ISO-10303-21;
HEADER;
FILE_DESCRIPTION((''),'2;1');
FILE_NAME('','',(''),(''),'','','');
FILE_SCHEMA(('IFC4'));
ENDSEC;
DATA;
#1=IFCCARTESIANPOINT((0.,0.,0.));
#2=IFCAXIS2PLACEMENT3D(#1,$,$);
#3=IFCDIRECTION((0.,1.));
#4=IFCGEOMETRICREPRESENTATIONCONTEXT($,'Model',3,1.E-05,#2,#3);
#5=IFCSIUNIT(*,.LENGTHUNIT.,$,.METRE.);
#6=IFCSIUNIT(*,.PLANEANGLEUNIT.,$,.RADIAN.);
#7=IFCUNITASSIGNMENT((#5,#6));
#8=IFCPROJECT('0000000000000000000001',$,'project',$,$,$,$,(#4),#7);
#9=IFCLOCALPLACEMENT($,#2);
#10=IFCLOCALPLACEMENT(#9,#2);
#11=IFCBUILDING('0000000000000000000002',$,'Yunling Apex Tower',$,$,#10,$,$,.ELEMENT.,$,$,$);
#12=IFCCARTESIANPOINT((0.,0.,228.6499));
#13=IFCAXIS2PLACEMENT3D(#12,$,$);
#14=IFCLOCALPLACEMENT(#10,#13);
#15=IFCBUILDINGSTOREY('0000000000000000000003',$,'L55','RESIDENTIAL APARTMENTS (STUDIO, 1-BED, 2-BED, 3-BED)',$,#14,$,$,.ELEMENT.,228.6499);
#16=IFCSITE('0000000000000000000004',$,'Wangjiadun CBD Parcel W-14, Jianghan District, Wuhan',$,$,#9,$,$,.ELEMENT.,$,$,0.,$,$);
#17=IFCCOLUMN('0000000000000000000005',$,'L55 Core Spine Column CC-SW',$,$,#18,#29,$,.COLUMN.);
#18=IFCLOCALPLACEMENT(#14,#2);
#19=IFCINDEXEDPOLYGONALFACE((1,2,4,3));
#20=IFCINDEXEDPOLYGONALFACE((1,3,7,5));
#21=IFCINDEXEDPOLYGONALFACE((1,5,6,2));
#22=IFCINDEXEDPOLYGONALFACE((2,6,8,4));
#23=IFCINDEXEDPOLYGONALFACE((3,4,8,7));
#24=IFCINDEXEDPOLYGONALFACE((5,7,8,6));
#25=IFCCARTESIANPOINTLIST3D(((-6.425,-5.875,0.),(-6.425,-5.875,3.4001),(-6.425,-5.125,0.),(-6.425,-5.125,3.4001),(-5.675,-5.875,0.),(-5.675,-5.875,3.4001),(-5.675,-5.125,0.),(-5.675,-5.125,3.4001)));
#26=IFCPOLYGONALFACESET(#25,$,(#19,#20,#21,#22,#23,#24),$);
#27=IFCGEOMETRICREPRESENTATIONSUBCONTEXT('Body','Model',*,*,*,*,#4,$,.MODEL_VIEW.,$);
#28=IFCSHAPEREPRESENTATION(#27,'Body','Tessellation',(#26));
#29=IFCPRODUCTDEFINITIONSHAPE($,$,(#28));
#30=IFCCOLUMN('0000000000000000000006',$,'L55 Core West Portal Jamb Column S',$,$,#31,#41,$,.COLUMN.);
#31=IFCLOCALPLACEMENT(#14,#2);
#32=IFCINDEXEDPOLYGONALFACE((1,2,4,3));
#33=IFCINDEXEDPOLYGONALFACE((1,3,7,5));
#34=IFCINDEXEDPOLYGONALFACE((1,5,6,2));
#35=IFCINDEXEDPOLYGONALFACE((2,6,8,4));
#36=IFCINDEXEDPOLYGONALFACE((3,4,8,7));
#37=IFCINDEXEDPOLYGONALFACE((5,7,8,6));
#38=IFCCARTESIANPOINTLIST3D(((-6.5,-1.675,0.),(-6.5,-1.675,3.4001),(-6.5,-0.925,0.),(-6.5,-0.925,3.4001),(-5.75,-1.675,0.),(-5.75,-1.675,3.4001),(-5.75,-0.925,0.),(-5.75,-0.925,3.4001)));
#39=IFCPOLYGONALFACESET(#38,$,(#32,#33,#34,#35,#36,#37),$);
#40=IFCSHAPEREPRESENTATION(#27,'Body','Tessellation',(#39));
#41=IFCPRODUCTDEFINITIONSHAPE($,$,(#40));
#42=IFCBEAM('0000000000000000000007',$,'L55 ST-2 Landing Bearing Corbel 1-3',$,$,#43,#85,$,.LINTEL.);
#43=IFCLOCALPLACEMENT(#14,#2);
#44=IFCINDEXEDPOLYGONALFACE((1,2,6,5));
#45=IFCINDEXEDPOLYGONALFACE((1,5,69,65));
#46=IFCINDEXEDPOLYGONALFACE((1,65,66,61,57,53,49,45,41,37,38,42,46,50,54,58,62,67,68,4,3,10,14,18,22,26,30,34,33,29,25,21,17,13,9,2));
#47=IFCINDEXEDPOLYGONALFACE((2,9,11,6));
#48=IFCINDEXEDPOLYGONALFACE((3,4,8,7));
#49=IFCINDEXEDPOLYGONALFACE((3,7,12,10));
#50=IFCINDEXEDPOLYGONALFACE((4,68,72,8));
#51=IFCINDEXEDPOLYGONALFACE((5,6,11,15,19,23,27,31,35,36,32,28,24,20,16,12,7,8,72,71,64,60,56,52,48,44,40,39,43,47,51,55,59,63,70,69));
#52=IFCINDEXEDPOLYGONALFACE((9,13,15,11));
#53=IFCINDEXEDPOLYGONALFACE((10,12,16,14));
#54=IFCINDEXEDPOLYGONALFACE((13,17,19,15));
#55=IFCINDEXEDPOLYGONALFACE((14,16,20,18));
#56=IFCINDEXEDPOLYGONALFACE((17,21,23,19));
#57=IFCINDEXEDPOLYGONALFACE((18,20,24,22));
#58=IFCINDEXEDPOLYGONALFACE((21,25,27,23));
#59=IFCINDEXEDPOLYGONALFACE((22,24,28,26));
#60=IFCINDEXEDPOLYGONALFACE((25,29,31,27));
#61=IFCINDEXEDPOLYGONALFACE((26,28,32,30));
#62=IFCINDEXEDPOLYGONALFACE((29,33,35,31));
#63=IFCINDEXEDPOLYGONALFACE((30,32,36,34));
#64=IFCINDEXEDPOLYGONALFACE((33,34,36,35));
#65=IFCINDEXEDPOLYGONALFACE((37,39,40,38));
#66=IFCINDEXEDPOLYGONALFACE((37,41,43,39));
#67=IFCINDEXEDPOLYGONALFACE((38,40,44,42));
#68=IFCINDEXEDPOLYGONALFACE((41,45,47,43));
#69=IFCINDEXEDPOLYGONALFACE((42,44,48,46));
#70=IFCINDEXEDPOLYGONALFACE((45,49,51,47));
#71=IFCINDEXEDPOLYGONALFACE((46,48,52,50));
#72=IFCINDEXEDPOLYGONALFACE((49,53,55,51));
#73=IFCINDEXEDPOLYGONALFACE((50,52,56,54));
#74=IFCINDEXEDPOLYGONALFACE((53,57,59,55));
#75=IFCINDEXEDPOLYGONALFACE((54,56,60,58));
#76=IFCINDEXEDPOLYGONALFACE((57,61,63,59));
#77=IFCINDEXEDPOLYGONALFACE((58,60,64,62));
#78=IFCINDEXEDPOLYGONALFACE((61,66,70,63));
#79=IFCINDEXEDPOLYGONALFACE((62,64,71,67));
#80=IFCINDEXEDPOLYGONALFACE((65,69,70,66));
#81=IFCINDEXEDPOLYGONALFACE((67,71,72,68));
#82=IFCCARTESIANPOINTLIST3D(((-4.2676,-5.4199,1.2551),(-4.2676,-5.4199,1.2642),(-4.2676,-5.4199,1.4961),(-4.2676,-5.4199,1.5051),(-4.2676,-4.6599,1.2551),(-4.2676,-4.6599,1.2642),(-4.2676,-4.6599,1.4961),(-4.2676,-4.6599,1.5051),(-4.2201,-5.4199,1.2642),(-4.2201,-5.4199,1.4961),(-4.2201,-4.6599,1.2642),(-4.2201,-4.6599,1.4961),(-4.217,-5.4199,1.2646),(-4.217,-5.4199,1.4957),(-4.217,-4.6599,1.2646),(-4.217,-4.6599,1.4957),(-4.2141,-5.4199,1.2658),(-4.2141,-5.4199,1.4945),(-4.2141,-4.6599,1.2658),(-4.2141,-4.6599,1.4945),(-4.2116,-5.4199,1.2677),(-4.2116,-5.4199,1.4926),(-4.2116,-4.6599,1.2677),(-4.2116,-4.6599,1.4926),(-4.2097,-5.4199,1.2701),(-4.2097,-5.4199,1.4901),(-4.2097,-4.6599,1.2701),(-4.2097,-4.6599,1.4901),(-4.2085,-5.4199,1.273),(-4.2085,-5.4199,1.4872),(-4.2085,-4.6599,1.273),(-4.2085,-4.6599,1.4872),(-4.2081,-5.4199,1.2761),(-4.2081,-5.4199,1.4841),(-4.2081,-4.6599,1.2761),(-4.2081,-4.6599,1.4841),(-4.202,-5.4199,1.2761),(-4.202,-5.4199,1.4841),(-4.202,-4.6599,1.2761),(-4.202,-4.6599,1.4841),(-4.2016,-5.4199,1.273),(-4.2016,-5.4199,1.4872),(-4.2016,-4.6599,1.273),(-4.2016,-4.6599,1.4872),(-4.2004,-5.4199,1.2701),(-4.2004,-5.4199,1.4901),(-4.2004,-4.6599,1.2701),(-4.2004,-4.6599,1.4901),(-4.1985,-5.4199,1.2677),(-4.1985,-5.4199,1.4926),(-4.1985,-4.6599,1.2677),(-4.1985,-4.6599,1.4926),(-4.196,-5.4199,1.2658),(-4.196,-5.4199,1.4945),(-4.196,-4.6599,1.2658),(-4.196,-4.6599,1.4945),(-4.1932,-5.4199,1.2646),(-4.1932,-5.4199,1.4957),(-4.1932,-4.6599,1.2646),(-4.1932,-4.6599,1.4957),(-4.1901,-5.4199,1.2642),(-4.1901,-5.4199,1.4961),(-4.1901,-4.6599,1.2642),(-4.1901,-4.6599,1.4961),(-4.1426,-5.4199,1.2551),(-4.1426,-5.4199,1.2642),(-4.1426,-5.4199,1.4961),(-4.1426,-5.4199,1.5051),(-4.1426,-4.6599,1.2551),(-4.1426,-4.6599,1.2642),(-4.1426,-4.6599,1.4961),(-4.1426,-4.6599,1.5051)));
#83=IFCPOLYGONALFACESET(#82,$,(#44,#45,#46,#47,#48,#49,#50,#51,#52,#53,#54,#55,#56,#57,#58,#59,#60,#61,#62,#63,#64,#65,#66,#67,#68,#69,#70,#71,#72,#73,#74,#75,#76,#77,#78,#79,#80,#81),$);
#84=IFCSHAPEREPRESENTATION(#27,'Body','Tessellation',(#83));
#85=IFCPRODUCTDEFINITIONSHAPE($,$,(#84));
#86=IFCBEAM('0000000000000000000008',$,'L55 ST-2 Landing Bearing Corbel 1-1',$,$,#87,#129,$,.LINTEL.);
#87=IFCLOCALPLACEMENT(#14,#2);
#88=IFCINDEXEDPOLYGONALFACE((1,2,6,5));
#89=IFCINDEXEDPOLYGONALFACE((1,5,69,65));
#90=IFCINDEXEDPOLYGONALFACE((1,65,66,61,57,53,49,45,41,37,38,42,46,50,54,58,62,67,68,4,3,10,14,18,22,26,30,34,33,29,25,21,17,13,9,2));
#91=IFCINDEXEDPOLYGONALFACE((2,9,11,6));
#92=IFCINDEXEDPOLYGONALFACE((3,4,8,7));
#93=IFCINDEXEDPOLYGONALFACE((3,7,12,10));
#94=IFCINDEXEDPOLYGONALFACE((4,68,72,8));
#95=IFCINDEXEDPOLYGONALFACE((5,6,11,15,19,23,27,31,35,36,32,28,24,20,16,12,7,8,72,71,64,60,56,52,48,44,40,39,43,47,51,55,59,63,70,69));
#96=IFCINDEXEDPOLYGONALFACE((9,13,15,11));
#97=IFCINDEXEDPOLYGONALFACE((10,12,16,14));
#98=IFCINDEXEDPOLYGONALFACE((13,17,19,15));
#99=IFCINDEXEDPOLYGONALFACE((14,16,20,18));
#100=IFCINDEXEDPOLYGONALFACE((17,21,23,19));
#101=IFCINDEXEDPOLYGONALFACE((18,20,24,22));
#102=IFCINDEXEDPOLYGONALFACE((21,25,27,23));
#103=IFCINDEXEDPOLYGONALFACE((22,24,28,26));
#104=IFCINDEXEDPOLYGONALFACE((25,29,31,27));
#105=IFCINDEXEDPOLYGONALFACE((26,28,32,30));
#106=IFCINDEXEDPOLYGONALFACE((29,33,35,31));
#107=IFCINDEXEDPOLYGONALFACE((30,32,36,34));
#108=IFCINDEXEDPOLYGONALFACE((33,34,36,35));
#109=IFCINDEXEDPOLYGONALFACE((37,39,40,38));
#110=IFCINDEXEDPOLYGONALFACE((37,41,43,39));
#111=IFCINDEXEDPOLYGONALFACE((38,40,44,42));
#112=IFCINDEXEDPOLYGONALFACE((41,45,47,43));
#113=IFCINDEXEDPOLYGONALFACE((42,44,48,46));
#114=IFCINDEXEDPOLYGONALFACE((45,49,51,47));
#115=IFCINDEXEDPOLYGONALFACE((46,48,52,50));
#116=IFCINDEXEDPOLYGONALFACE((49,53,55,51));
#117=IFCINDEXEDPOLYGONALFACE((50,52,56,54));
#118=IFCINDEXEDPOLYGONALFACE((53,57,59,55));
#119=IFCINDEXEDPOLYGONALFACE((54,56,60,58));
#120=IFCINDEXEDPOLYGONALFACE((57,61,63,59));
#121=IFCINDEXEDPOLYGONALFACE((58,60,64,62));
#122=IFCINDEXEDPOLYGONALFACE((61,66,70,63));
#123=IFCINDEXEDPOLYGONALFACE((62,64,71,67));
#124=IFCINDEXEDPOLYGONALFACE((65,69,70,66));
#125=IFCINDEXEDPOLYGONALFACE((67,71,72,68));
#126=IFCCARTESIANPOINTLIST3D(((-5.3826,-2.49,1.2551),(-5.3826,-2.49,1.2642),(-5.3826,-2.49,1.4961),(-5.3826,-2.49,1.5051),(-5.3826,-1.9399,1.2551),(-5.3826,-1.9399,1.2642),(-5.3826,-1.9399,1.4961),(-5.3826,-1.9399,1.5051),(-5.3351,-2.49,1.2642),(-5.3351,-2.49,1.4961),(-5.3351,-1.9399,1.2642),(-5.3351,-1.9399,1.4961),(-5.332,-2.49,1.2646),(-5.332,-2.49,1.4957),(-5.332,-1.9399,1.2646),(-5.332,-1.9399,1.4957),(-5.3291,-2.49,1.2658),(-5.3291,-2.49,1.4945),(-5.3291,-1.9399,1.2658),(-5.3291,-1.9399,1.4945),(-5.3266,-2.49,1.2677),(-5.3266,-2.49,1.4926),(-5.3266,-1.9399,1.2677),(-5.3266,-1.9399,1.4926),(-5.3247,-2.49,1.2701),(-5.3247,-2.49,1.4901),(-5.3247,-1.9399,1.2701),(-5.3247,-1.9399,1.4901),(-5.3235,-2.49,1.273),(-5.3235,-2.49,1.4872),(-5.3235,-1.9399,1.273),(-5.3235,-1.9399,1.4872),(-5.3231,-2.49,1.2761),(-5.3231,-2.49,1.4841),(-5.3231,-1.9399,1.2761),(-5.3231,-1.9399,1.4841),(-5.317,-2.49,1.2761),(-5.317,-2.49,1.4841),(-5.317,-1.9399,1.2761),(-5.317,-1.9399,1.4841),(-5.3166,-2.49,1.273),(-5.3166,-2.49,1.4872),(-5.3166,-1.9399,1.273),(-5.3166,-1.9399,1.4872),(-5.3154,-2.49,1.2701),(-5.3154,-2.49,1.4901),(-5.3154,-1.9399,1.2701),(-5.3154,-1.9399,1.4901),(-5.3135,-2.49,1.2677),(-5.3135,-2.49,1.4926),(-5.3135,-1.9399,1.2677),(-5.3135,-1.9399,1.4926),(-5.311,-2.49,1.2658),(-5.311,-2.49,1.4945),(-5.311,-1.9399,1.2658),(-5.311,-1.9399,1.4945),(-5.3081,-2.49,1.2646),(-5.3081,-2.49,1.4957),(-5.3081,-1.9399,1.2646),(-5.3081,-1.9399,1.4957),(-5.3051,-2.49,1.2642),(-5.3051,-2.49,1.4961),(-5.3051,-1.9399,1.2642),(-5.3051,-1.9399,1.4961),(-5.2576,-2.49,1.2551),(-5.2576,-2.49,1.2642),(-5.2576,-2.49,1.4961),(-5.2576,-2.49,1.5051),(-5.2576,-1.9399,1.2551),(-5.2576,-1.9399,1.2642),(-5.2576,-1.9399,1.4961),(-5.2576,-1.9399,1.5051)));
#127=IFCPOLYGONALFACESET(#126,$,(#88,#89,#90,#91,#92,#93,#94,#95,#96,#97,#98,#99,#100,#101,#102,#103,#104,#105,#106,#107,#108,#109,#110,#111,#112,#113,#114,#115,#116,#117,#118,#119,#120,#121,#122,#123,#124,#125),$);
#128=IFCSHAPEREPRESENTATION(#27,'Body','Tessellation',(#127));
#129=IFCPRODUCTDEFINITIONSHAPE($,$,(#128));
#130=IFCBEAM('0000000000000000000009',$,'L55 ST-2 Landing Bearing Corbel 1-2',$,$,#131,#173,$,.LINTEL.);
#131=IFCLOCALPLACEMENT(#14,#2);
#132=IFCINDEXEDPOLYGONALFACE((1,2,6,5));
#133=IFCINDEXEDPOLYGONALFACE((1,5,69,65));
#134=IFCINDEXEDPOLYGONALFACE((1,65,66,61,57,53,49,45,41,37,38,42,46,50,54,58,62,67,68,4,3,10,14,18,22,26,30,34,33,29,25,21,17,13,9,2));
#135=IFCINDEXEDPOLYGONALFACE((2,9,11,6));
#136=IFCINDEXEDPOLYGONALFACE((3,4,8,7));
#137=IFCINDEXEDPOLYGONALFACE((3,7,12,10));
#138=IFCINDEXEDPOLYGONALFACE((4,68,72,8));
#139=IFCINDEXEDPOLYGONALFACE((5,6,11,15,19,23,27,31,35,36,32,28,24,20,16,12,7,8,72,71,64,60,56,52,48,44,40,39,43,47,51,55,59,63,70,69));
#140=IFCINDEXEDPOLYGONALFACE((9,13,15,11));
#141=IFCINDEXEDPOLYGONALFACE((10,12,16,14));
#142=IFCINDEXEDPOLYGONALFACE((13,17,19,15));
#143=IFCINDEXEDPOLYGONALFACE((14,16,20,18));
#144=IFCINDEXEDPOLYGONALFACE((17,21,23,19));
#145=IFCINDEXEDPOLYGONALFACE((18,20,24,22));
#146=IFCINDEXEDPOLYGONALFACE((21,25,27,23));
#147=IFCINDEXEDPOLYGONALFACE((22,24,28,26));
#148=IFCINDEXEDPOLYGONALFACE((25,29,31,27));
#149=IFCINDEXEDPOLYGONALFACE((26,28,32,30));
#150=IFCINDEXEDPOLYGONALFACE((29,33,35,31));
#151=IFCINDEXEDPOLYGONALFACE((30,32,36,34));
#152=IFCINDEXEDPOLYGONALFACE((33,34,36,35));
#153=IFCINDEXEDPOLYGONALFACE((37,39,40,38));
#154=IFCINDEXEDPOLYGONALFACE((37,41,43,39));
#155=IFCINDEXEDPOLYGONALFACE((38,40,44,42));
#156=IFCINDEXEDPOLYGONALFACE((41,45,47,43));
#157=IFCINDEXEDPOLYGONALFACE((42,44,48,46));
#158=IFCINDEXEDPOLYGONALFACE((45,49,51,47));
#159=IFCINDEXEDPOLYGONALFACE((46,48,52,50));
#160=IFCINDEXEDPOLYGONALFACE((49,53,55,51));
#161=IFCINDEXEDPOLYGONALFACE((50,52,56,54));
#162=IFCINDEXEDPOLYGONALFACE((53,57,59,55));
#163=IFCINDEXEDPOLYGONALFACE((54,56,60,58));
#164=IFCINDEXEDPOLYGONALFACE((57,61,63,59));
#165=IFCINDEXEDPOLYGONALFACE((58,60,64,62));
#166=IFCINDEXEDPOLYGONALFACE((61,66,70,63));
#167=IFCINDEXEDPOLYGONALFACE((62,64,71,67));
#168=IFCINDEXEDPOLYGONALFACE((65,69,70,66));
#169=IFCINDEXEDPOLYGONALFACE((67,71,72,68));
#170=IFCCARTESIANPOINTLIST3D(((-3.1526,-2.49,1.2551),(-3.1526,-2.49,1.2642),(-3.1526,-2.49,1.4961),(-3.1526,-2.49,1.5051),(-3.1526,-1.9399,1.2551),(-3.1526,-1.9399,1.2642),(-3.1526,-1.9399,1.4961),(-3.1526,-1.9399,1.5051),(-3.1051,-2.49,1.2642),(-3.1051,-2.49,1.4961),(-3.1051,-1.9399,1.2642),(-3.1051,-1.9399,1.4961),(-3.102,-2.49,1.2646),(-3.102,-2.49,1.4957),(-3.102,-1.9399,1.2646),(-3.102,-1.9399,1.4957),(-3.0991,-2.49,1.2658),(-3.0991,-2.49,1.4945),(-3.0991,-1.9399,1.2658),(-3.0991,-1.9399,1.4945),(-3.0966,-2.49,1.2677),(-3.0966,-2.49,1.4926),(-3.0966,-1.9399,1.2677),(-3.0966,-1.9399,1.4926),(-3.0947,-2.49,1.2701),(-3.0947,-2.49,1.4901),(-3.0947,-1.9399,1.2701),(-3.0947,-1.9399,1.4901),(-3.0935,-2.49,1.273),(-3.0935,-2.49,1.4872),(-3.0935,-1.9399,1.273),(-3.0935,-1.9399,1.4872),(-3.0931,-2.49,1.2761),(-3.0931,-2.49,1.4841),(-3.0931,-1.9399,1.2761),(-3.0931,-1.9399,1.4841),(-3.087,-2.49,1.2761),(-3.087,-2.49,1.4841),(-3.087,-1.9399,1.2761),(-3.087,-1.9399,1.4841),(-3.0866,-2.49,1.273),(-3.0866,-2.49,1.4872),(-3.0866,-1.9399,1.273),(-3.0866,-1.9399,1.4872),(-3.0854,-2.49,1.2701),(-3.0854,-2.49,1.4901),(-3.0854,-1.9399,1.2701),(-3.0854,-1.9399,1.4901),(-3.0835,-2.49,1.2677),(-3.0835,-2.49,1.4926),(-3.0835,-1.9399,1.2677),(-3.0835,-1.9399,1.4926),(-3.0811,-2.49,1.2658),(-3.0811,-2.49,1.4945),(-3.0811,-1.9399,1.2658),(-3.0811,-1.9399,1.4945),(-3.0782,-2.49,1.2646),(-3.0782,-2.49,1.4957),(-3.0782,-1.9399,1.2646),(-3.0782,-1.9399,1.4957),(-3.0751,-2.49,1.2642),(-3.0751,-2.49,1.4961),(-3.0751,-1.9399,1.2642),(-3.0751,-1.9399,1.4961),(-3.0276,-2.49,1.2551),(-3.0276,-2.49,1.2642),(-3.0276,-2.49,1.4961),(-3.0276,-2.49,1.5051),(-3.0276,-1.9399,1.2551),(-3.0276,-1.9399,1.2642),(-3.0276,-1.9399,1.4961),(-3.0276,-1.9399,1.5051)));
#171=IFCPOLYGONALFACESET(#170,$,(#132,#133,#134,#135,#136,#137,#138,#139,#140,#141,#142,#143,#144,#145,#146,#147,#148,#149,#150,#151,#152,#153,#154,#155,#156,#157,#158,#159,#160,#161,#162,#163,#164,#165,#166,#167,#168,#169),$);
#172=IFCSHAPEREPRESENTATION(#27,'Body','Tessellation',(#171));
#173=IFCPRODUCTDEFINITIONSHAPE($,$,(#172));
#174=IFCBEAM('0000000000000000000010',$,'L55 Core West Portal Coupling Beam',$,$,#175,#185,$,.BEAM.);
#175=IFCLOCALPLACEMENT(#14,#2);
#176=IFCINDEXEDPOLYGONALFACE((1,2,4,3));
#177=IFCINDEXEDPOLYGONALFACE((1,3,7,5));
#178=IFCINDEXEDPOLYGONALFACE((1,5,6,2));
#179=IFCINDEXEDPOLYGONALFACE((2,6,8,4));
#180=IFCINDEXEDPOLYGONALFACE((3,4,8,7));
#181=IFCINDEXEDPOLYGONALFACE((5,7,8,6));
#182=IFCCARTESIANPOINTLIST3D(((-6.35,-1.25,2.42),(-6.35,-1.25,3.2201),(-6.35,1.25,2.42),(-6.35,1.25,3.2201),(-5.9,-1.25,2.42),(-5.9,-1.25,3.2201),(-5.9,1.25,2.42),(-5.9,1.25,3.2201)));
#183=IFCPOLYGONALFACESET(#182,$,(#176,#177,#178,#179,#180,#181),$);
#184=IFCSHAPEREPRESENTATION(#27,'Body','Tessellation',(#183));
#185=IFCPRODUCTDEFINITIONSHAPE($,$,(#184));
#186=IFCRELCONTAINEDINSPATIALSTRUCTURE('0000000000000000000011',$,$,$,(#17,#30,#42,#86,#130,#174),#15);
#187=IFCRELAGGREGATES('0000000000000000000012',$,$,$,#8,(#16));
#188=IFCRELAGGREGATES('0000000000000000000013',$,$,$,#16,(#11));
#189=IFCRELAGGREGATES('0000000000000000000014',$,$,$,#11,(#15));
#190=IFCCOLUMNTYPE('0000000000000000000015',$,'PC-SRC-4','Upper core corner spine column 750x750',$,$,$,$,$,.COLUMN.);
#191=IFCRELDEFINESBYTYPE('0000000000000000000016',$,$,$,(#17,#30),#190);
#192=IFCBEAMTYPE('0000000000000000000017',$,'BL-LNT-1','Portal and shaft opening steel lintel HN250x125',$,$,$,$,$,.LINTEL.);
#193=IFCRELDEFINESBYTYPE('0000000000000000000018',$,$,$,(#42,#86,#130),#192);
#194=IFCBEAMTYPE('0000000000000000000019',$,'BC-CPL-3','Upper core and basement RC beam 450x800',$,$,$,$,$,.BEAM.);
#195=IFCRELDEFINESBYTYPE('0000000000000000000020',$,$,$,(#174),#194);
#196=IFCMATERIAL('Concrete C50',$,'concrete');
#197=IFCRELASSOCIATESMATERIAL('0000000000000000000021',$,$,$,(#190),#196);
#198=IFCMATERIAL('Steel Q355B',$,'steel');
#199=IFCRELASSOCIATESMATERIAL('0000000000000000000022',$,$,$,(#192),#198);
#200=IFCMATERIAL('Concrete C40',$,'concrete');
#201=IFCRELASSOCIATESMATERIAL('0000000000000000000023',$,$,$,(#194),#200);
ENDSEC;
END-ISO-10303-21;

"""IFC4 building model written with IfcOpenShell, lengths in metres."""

from ifc_helpers import new_model, si_unit, direction, frame, origin, origin_2d, place, context, subcontext, project, spatial, rectangle, i_section, extrude, source, transform, mapped, material, material_profile, profile_set, type_object, element, save


model = new_model("IFC4")

# Units and contexts
model_context = context("Model", 3, precision=1e-05, world=origin(), true_north=direction((0.0, 1.0)))
body_context = subcontext(model_context, "Body", "Model", "MODEL_VIEW")
ifc_project = project(units=[si_unit("LENGTHUNIT", "METRE"), si_unit("PLANEANGLEUNIT", "RADIAN")], contexts=[model_context])

# Site, building, storey
site_placement = place(None, origin())
site = spatial("IfcSite", under=ifc_project, at=site_placement, Name="Wangjiadun CBD Parcel W-14, Jianghan District, Wuhan", CompositionType="ELEMENT", RefElevation=0.0)
building_placement = place(site_placement, origin())
building = spatial("IfcBuilding", under=site, at=building_placement, Name="Yunling Apex Tower", CompositionType="ELEMENT")
storey_placement = place(building_placement, frame((0.0, 0.0, 228.6499)))
storey = spatial("IfcBuildingStorey", under=building, at=storey_placement, Name="L55", Description="RESIDENTIAL APARTMENTS (STUDIO, 1-BED, 2-BED, 3-BED)", CompositionType="ELEMENT", Elevation=228.6499)

# Columns
ifc_material_1 = material(Name="Concrete C50", Category="concrete")
ifc_material_profile_1 = material_profile(ifc_material_1, rectangle(XDim=0.75, YDim=0.75, at=origin_2d()))
ifc_profile_set_1 = profile_set([ifc_material_profile_1], Name="Concrete C50")
column_type = type_object("IfcColumnType", Name="PC-SRC-4", Description="Upper core corner spine column 750x750", PredefinedType="COLUMN", material=ifc_profile_set_1)
shared_shape_1 = source(origin(), body_context, "Body", "SweptSolid", [
    extrude(rectangle(XDim=0.75, YDim=0.75, at=origin_2d()), origin(), (0.0, 0.0, 1.0), 3.4001),
])
for number, where, z_axis, x_axis, name in (
    (1, (-6.05, -5.5, 0.0), (0.0, 0.0, 1.0), (1.0, 0.0, 0.0), "L55 Core Spine Column CC-SW"),
    (2, (-6.125, -1.3, 0.0), (0.0, 0.0, 1.0), (1.0, 0.0, 0.0), "L55 Core West Portal Jamb Column S"),
):
    element("IfcColumn", number, at=place(storey_placement, frame(where, z_axis=z_axis, x_axis=x_axis)), inside=storey, type_object=column_type, Name=name, PredefinedType="COLUMN", context=body_context, shape_type="MappedRepresentation", body=[
        mapped(shared_shape_1, transform((0.0, 0.0, 0.0), scale=1.0)),
    ])

# Beams
ifc_material_2 = material(Name="Steel Q355B", Category="steel")
ifc_material_profile_2 = material_profile(ifc_material_2, i_section(OverallWidth=0.125, OverallDepth=0.25, WebThickness=0.0061, FlangeThickness=0.009, FilletRadius=0.012, at=origin_2d()))
ifc_profile_set_2 = profile_set([ifc_material_profile_2], Name="Steel Q355B")
beam_type_1 = type_object("IfcBeamType", Name="BL-LNT-1", Description="Portal and shaft opening steel lintel HN250x125", PredefinedType="LINTEL", material=ifc_profile_set_2)
shared_shape_2 = source(origin(), body_context, "Body", "SweptSolid", [
    extrude(i_section(OverallWidth=0.125, OverallDepth=0.25, WebThickness=0.0061, FlangeThickness=0.009, FilletRadius=0.012, at=origin_2d()), origin(), (0.0, 0.0, 1.0), 0.76),
])
beam_1_placement = place(storey_placement, frame((-4.2051, -5.4199, 1.3801), z_axis=(0.0, 1.0, 0.0), x_axis=(-1.0, 0.0, 0.0)))
element("IfcBeam", 3, at=beam_1_placement, inside=storey, type_object=beam_type_1, Name="L55 ST-2 Landing Bearing Corbel 1-3", PredefinedType="LINTEL", context=body_context, shape_type="MappedRepresentation", body=[
    mapped(shared_shape_2, transform((0.0, 0.0, 0.0), scale=1.0)),
])
shared_shape_3 = source(origin(), body_context, "Body", "SweptSolid", [
    extrude(i_section(OverallWidth=0.125, OverallDepth=0.25, WebThickness=0.0061, FlangeThickness=0.009, FilletRadius=0.012, at=origin_2d()), origin(), (0.0, 0.0, 1.0), 0.55),
])
for number, where, z_axis, x_axis, name in (
    (4, (-5.3201, -1.9399, 1.3801), (0.0, -1.0, 0.0), (1.0, 0.0, 0.0), "L55 ST-2 Landing Bearing Corbel 1-1"),
    (5, (-3.0901, -1.9399, 1.3801), (0.0, -1.0, 0.0), (1.0, 0.0, 0.0), "L55 ST-2 Landing Bearing Corbel 1-2"),
):
    element("IfcBeam", number, at=place(storey_placement, frame(where, z_axis=z_axis, x_axis=x_axis)), inside=storey, type_object=beam_type_1, Name=name, PredefinedType="LINTEL", context=body_context, shape_type="MappedRepresentation", body=[
        mapped(shared_shape_3, transform((0.0, 0.0, 0.0), scale=1.0)),
    ])
ifc_material_3 = material(Name="Concrete C40", Category="concrete")
ifc_material_profile_3 = material_profile(ifc_material_3, rectangle(XDim=0.45, YDim=0.8, at=origin_2d()))
ifc_profile_set_3 = profile_set([ifc_material_profile_3], Name="Concrete C40")
beam_type_2 = type_object("IfcBeamType", Name="BC-CPL-3", Description="Upper core and basement RC beam 450x800", PredefinedType="BEAM", material=ifc_profile_set_3)
shared_shape_4 = source(origin(), body_context, "Body", "SweptSolid", [
    extrude(rectangle(XDim=0.45, YDim=0.8, at=origin_2d()), origin(), (0.0, 0.0, 1.0), 2.5),
])
beam_2_placement = place(storey_placement, frame((-6.125, -1.25, 2.8201), z_axis=(0.0, 1.0, 0.0), x_axis=(-1.0, 0.0, 0.0)))
element("IfcBeam", 6, at=beam_2_placement, inside=storey, type_object=beam_type_2, Name="L55 Core West Portal Coupling Beam", PredefinedType="BEAM", context=body_context, shape_type="MappedRepresentation", body=[
    mapped(shared_shape_4, transform((0.0, 0.0, 0.0), scale=1.0)),
])

save(model, "model.ifc")
